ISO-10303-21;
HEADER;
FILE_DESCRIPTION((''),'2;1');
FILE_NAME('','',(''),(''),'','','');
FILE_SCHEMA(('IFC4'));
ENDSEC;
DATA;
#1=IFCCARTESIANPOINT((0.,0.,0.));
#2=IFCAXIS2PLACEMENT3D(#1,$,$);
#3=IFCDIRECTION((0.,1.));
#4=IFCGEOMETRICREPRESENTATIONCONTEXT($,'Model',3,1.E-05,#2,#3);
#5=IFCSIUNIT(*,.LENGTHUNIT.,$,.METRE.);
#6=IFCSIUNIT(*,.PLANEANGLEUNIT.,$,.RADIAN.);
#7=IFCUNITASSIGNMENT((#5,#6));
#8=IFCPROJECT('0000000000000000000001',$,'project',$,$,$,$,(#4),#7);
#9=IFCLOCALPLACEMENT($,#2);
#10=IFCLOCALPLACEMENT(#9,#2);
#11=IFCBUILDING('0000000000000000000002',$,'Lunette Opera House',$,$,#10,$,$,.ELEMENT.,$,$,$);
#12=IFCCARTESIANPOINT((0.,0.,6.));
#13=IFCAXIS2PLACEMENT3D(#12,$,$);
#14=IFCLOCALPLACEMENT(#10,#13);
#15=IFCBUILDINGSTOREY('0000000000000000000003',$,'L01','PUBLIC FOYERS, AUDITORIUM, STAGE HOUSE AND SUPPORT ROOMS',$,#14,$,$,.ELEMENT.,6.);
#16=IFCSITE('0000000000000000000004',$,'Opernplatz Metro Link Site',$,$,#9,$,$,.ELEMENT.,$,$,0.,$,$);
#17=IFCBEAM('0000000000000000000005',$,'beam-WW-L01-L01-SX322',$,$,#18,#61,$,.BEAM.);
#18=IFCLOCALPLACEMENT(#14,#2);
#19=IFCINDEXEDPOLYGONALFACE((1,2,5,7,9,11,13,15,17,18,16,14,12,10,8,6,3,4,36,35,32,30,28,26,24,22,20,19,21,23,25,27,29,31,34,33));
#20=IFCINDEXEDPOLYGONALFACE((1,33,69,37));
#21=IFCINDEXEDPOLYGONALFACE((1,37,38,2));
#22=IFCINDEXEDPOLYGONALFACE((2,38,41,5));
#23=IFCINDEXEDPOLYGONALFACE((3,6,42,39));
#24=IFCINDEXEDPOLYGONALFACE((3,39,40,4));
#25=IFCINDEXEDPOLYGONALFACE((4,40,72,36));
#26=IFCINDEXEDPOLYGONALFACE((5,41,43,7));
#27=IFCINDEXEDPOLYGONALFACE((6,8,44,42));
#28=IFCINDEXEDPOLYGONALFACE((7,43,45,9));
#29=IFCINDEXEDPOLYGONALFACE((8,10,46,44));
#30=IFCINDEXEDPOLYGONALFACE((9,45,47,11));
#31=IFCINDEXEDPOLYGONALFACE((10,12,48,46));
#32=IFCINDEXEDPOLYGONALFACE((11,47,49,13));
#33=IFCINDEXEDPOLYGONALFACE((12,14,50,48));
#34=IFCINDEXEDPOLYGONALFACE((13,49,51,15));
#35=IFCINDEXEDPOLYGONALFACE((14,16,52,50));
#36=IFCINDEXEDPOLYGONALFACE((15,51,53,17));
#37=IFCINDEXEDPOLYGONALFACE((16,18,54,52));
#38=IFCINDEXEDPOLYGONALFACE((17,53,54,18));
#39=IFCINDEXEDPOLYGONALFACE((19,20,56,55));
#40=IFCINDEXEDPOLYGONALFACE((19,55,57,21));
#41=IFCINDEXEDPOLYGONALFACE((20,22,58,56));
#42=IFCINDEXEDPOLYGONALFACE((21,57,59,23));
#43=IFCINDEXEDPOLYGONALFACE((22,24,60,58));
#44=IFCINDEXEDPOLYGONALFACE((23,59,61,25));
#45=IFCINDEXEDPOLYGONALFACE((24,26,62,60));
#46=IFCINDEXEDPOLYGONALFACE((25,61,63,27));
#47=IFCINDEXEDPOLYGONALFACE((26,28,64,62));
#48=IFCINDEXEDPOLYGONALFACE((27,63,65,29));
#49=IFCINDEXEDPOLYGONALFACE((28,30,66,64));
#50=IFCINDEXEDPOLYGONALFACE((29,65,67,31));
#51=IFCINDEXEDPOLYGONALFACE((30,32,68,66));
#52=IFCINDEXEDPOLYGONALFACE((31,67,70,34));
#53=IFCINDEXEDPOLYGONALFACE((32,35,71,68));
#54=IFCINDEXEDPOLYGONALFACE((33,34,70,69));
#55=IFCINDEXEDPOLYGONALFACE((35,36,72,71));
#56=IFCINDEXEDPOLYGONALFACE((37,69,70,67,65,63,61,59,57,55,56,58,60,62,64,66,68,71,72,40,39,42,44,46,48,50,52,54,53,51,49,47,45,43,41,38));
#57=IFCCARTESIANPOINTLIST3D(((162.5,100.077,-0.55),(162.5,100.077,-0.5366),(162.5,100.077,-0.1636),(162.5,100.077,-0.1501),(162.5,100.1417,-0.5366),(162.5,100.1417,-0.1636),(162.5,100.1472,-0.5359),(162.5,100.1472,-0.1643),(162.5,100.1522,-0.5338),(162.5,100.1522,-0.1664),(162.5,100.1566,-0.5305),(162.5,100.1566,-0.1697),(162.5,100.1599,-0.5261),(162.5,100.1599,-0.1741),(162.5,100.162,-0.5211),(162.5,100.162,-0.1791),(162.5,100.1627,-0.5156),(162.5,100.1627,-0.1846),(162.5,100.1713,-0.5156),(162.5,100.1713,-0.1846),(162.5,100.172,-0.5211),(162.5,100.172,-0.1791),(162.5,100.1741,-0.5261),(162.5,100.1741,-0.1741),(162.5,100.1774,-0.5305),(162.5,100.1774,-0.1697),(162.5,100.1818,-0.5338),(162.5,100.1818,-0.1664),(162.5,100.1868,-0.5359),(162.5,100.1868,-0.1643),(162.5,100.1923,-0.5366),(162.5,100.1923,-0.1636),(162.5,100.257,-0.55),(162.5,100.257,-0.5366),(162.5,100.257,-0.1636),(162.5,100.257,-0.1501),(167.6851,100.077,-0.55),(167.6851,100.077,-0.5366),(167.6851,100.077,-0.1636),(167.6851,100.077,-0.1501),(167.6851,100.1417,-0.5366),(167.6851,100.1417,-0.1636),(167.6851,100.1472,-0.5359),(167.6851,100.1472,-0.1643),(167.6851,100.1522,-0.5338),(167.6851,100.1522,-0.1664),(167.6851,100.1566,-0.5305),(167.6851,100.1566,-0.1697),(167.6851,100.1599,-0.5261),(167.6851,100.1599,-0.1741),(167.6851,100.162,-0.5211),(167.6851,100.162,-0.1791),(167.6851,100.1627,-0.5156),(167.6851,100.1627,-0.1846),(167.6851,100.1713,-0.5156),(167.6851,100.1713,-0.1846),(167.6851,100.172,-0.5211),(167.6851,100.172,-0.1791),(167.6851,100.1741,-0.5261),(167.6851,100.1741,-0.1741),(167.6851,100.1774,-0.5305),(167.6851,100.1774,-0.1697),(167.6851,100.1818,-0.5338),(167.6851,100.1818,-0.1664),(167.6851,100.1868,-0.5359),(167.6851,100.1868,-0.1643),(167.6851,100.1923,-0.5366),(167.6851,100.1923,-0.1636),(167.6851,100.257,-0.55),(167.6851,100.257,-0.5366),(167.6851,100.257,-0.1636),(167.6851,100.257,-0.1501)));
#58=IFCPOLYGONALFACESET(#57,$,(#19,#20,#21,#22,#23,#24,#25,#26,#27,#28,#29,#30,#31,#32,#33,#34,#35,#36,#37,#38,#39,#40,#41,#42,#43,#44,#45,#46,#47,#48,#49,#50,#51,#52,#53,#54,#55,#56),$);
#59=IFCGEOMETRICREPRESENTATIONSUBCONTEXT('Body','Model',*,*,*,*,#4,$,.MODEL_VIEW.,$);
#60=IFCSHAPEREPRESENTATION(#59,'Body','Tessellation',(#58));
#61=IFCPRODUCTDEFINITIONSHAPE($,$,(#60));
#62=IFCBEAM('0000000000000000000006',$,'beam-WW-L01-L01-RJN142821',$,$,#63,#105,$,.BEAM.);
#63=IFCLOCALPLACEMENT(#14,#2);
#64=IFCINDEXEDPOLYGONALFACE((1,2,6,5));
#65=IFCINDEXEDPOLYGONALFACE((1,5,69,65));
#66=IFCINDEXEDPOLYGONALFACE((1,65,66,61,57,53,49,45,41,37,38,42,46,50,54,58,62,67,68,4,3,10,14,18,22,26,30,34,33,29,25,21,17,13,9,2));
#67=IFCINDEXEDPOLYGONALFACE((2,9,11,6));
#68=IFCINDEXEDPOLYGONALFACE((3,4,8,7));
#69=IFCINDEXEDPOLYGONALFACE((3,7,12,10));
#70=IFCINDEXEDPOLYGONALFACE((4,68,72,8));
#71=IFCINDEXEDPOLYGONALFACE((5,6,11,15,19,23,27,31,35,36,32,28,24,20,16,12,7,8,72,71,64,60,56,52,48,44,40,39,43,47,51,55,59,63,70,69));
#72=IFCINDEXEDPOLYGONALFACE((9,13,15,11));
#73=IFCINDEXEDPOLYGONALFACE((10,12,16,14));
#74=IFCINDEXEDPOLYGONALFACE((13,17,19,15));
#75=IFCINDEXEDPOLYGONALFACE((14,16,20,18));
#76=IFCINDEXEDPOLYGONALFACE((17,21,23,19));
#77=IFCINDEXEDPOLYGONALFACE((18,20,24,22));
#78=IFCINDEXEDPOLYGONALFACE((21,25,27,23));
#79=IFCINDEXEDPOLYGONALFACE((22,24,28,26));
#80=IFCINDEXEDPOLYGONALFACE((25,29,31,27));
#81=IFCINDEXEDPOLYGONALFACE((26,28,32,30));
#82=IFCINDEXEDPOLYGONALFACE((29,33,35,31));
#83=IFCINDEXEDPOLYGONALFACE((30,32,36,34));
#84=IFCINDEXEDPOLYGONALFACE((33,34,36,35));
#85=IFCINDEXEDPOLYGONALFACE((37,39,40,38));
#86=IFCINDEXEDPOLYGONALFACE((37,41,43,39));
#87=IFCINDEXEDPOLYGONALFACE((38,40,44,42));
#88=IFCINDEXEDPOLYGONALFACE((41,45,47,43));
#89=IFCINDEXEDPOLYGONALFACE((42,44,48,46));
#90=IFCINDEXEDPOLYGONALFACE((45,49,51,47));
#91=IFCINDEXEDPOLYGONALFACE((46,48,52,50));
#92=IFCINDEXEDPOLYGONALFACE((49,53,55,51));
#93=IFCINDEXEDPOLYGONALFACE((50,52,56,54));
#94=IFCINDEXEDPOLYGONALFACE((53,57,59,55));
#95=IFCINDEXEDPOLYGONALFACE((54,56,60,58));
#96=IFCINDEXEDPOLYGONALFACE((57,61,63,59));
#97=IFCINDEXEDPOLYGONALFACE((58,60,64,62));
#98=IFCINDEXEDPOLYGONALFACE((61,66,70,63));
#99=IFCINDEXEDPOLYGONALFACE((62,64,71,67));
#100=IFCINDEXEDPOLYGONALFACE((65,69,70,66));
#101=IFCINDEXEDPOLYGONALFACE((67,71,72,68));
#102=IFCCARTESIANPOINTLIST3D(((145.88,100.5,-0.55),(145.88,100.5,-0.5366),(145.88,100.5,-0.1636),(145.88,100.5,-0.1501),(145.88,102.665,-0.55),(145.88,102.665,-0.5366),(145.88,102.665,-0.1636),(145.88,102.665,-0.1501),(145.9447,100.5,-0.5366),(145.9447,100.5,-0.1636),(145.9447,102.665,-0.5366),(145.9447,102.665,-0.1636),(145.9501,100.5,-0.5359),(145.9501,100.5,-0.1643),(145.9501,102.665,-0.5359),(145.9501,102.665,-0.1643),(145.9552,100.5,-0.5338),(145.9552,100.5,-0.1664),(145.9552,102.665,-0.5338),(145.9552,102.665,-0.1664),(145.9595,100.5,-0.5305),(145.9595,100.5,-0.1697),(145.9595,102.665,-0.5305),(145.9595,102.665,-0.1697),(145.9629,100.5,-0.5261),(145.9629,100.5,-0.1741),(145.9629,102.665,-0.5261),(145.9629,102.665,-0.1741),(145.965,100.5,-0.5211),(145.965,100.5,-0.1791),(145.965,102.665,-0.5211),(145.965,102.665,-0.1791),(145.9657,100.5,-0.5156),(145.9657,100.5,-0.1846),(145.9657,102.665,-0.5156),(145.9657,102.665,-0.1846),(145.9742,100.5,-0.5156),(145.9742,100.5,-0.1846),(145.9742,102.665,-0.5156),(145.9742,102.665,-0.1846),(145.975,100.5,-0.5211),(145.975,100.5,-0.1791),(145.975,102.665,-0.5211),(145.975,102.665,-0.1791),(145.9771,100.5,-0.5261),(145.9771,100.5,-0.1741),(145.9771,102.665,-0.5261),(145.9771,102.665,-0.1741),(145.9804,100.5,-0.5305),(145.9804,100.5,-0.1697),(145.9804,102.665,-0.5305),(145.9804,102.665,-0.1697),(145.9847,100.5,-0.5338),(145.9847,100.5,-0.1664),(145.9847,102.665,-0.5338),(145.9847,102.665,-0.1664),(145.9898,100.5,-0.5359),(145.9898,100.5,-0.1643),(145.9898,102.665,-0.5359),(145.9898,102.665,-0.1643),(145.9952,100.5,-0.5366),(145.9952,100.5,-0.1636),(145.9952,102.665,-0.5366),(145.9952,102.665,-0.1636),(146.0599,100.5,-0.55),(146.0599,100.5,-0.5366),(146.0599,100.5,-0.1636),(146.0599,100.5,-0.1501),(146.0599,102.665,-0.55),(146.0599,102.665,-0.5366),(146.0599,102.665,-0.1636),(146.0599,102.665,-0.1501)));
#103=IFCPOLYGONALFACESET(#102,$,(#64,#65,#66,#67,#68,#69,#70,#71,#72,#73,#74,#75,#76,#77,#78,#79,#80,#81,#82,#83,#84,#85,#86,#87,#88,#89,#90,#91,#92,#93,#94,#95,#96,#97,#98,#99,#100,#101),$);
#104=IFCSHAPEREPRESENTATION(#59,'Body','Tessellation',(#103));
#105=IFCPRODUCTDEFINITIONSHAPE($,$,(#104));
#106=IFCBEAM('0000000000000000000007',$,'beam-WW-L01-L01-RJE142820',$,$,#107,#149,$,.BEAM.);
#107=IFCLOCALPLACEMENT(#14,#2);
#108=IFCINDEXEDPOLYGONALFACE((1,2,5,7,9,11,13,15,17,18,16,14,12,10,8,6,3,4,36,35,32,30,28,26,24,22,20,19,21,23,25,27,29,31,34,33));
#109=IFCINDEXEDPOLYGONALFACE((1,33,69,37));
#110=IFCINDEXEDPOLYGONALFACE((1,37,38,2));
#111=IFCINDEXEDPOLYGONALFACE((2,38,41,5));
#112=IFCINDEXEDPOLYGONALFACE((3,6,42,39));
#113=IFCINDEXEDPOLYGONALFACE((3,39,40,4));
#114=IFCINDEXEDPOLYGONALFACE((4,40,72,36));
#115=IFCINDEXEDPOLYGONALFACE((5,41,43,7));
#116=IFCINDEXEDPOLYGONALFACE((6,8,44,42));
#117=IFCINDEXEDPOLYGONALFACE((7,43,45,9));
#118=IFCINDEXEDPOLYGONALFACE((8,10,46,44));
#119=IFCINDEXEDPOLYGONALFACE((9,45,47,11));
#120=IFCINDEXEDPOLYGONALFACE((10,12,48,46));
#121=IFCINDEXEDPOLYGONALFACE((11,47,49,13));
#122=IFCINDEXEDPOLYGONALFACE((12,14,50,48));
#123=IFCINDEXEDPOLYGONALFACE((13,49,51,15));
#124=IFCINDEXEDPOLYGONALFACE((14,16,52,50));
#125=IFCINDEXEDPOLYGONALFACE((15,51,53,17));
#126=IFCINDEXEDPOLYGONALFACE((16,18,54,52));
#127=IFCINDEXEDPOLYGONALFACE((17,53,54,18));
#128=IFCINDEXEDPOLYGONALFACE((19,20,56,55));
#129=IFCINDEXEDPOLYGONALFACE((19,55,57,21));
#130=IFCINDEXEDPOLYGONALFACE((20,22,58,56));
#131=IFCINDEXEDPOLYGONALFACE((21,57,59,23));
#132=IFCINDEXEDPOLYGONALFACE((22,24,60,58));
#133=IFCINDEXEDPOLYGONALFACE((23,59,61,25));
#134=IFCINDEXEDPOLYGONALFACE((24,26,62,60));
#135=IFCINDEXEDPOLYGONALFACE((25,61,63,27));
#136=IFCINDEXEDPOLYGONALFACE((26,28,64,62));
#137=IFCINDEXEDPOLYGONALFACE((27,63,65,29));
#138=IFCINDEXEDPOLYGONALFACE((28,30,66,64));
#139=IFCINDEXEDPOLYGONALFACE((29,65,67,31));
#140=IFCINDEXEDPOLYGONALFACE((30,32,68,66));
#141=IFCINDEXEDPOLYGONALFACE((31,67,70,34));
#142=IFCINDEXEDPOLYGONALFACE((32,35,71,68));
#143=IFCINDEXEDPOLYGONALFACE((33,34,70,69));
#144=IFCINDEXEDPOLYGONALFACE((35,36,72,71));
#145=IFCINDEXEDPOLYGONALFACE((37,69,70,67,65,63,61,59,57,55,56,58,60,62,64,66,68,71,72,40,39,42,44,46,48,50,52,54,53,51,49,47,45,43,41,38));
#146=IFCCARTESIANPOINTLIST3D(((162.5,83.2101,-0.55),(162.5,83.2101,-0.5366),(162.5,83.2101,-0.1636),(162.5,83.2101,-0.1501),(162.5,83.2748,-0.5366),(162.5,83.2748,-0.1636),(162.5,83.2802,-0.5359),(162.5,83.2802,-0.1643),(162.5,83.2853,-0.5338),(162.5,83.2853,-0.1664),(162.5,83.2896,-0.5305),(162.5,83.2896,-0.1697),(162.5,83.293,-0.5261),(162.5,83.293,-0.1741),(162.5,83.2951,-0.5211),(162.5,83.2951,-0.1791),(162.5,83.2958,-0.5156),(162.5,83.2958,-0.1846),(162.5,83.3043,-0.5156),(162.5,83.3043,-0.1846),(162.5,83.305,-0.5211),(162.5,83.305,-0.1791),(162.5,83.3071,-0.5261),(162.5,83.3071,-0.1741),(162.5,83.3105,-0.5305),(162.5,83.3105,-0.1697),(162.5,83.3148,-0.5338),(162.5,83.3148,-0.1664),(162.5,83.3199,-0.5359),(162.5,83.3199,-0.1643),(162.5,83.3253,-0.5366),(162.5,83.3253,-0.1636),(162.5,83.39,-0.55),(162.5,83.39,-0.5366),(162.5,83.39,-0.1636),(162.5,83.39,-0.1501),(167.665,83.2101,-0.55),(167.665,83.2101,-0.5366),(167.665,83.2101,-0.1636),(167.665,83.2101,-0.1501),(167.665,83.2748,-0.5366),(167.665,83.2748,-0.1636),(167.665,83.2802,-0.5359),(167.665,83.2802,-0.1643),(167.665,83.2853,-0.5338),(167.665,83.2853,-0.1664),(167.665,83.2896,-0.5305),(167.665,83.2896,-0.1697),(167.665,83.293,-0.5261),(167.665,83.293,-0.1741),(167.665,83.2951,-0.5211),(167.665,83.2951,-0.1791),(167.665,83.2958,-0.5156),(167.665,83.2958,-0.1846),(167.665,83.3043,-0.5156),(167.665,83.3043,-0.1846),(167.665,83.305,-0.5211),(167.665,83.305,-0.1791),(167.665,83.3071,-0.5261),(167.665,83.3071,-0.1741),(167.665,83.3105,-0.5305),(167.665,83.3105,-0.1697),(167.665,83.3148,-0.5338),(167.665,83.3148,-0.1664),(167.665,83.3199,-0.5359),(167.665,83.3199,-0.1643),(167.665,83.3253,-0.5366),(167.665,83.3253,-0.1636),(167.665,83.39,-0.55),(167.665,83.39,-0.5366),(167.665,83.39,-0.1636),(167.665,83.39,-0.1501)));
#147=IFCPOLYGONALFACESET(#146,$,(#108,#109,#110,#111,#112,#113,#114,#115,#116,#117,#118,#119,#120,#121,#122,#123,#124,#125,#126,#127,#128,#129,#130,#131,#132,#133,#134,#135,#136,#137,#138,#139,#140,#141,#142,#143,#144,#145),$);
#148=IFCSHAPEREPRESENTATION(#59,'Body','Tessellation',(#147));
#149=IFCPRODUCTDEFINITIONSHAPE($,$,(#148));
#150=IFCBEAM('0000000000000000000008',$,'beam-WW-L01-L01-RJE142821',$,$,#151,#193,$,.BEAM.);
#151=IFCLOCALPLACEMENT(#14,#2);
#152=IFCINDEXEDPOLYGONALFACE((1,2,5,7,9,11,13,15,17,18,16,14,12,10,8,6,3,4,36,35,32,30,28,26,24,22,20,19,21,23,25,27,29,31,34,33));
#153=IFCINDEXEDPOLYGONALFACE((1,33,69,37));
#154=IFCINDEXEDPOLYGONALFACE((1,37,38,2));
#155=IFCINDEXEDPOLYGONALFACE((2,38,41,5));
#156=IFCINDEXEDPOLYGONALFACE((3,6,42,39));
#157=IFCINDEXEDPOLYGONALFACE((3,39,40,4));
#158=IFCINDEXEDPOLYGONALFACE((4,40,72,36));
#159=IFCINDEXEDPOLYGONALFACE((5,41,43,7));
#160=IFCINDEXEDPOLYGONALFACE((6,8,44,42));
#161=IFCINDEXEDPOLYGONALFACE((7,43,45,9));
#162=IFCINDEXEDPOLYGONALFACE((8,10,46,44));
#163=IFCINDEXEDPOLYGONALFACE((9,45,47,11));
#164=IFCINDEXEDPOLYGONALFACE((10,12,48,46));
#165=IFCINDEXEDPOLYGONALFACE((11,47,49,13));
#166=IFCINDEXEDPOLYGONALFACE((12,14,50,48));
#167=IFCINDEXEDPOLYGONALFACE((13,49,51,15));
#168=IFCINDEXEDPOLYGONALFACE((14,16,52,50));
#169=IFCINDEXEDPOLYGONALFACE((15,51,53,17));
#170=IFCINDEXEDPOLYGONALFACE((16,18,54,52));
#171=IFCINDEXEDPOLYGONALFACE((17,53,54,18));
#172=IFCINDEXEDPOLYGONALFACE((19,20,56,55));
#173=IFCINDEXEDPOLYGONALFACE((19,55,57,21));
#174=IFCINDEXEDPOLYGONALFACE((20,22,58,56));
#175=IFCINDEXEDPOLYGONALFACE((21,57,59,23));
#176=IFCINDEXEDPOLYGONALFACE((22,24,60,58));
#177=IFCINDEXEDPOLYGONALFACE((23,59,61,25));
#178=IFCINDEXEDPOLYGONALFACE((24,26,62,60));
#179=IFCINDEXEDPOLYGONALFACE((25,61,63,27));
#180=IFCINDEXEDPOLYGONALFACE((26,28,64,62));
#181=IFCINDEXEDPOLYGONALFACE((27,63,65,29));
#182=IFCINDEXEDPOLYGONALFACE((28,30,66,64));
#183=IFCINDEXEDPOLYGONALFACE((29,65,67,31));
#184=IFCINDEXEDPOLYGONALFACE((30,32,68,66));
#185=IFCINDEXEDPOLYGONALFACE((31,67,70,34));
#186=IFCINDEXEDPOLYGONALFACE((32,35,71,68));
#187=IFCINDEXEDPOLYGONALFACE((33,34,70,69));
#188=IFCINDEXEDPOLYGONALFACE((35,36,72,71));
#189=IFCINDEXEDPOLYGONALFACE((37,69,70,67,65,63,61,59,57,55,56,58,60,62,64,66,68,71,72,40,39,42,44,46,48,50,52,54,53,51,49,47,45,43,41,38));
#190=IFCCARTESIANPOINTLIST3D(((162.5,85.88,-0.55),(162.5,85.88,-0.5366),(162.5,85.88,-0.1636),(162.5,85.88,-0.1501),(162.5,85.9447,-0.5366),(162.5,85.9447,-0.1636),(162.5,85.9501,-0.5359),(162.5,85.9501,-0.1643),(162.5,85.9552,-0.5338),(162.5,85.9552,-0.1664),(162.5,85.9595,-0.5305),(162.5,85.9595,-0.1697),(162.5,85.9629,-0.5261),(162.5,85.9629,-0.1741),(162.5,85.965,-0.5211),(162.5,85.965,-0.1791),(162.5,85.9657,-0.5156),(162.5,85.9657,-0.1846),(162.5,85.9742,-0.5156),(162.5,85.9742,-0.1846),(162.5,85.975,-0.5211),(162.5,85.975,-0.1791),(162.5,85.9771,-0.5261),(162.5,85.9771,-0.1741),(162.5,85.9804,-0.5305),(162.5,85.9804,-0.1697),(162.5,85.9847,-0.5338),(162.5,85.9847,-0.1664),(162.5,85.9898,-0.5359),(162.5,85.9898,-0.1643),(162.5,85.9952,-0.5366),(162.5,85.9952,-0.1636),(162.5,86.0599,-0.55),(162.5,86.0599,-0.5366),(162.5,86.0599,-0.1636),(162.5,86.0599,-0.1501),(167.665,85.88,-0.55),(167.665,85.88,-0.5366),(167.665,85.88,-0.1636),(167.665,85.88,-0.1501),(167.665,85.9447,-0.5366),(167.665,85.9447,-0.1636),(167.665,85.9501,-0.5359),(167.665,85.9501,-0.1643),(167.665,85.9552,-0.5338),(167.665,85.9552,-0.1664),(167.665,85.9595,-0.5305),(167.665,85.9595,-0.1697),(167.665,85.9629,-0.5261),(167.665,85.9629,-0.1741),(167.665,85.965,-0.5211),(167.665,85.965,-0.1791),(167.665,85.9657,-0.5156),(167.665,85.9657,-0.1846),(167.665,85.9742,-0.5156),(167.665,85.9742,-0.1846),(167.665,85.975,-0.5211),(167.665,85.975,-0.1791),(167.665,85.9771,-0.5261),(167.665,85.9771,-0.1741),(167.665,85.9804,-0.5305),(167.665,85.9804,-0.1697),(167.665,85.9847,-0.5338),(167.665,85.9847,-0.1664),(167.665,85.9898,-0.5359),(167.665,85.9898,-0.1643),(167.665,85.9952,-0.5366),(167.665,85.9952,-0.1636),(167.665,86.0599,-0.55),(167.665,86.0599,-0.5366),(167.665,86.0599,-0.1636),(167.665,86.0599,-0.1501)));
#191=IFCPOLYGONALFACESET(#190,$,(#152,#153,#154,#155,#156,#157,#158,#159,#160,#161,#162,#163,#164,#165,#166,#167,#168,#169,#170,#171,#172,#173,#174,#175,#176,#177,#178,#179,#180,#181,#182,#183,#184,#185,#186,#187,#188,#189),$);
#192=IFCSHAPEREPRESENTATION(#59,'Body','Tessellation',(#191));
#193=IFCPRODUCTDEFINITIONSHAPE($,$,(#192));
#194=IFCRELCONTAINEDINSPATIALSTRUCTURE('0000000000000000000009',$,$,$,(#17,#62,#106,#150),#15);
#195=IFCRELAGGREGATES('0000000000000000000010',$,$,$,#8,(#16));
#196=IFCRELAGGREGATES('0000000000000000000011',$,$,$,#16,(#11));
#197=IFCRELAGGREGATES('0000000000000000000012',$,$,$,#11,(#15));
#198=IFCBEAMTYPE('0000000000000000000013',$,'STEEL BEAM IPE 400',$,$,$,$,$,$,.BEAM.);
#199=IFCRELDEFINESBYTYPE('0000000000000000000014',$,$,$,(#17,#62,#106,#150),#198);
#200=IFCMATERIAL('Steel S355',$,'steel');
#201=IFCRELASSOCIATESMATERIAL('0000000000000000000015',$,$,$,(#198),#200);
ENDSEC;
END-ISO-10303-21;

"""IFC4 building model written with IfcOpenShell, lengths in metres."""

from ifc_helpers import new_model, si_unit, direction, frame, origin, origin_2d, place, context, subcontext, project, spatial, i_section, extrude, material, material_profile, profile_set, type_object, element, save


model = new_model("IFC4")

# Units and contexts
model_context = context("Model", 3, precision=1e-05, world=origin(), true_north=direction((0.0, 1.0)))
body_context = subcontext(model_context, "Body", "Model", "MODEL_VIEW")
ifc_project = project(units=[si_unit("LENGTHUNIT", "METRE"), si_unit("PLANEANGLEUNIT", "RADIAN")], contexts=[model_context])

# Site, building, storey
site_placement = place(None, origin())
site = spatial("IfcSite", under=ifc_project, at=site_placement, Name="Opernplatz Metro Link Site", CompositionType="ELEMENT", RefElevation=0.0)
building_placement = place(site_placement, origin())
building = spatial("IfcBuilding", under=site, at=building_placement, Name="Lunette Opera House", CompositionType="ELEMENT")
storey_placement = place(building_placement, frame((0.0, 0.0, 6.0)))
storey = spatial("IfcBuildingStorey", under=building, at=storey_placement, Name="L01", Description="PUBLIC FOYERS, AUDITORIUM, STAGE HOUSE AND SUPPORT ROOMS", CompositionType="ELEMENT", Elevation=6.0)

# Beams
ifc_material_1 = material(Name="Steel S355", Category="steel")
ifc_material_profile_1 = material_profile(ifc_material_1, i_section(OverallWidth=0.1799, OverallDepth=0.3999, WebThickness=0.0085, FlangeThickness=0.0134, FilletRadius=0.021, at=origin_2d()), Name="IPE 400")
ifc_profile_set_1 = profile_set([ifc_material_profile_1], Name="Steel S355")
beam_type_1 = type_object("IfcBeamType", Name="STEEL BEAM IPE 400", PredefinedType="BEAM", material=ifc_profile_set_1)
for number, where, z_axis, x_axis, name in (
    (1, (162.5, 100.167, -0.3501), (1.0, 0.0, 0.0), (0.0, 1.0, 0.0), "beam-WW-L01-L01-SX322"),
):
    element("IfcBeam", number, at=place(storey_placement, frame(where, z_axis=z_axis, x_axis=x_axis)), inside=storey, type_object=beam_type_1, Name=name, PredefinedType="BEAM", context=body_context, shape_type="SweptSolid", body=[
        extrude(i_section(OverallWidth=0.1799, OverallDepth=0.3999, WebThickness=0.0085, FlangeThickness=0.0134, FilletRadius=0.021, at=origin_2d()), origin(), (0.0, 0.0, 1.0), 5.1851),
    ])
beam_placement = place(storey_placement, frame((145.97, 100.5, -0.3501), z_axis=(0.0, 1.0, 0.0), x_axis=(-1.0, 0.0, 0.0)))
element("IfcBeam", 2, at=beam_placement, inside=storey, type_object=beam_type_1, Name="beam-WW-L01-L01-RJN142821", PredefinedType="BEAM", context=body_context, shape_type="SweptSolid", body=[
    extrude(i_section(OverallWidth=0.1799, OverallDepth=0.3999, WebThickness=0.0085, FlangeThickness=0.0134, FilletRadius=0.021, at=origin_2d()), origin(), (0.0, 0.0, 1.0), 2.165),
])
for number, where, z_axis, x_axis, name in (
    (3, (162.5, 83.3, -0.3501), (1.0, 0.0, 0.0), (0.0, 1.0, 0.0), "beam-WW-L01-L01-RJE142820"),
    (4, (162.5, 85.97, -0.3501), (1.0, 0.0, 0.0), (0.0, 1.0, 0.0), "beam-WW-L01-L01-RJE142821"),
):
    element("IfcBeam", number, at=place(storey_placement, frame(where, z_axis=z_axis, x_axis=x_axis)), inside=storey, type_object=beam_type_1, Name=name, PredefinedType="BEAM", context=body_context, shape_type="SweptSolid", body=[
        extrude(i_section(OverallWidth=0.1799, OverallDepth=0.3999, WebThickness=0.0085, FlangeThickness=0.0134, FilletRadius=0.021, at=origin_2d()), origin(), (0.0, 0.0, 1.0), 5.165),
    ])

save(model, "model.ifc")
